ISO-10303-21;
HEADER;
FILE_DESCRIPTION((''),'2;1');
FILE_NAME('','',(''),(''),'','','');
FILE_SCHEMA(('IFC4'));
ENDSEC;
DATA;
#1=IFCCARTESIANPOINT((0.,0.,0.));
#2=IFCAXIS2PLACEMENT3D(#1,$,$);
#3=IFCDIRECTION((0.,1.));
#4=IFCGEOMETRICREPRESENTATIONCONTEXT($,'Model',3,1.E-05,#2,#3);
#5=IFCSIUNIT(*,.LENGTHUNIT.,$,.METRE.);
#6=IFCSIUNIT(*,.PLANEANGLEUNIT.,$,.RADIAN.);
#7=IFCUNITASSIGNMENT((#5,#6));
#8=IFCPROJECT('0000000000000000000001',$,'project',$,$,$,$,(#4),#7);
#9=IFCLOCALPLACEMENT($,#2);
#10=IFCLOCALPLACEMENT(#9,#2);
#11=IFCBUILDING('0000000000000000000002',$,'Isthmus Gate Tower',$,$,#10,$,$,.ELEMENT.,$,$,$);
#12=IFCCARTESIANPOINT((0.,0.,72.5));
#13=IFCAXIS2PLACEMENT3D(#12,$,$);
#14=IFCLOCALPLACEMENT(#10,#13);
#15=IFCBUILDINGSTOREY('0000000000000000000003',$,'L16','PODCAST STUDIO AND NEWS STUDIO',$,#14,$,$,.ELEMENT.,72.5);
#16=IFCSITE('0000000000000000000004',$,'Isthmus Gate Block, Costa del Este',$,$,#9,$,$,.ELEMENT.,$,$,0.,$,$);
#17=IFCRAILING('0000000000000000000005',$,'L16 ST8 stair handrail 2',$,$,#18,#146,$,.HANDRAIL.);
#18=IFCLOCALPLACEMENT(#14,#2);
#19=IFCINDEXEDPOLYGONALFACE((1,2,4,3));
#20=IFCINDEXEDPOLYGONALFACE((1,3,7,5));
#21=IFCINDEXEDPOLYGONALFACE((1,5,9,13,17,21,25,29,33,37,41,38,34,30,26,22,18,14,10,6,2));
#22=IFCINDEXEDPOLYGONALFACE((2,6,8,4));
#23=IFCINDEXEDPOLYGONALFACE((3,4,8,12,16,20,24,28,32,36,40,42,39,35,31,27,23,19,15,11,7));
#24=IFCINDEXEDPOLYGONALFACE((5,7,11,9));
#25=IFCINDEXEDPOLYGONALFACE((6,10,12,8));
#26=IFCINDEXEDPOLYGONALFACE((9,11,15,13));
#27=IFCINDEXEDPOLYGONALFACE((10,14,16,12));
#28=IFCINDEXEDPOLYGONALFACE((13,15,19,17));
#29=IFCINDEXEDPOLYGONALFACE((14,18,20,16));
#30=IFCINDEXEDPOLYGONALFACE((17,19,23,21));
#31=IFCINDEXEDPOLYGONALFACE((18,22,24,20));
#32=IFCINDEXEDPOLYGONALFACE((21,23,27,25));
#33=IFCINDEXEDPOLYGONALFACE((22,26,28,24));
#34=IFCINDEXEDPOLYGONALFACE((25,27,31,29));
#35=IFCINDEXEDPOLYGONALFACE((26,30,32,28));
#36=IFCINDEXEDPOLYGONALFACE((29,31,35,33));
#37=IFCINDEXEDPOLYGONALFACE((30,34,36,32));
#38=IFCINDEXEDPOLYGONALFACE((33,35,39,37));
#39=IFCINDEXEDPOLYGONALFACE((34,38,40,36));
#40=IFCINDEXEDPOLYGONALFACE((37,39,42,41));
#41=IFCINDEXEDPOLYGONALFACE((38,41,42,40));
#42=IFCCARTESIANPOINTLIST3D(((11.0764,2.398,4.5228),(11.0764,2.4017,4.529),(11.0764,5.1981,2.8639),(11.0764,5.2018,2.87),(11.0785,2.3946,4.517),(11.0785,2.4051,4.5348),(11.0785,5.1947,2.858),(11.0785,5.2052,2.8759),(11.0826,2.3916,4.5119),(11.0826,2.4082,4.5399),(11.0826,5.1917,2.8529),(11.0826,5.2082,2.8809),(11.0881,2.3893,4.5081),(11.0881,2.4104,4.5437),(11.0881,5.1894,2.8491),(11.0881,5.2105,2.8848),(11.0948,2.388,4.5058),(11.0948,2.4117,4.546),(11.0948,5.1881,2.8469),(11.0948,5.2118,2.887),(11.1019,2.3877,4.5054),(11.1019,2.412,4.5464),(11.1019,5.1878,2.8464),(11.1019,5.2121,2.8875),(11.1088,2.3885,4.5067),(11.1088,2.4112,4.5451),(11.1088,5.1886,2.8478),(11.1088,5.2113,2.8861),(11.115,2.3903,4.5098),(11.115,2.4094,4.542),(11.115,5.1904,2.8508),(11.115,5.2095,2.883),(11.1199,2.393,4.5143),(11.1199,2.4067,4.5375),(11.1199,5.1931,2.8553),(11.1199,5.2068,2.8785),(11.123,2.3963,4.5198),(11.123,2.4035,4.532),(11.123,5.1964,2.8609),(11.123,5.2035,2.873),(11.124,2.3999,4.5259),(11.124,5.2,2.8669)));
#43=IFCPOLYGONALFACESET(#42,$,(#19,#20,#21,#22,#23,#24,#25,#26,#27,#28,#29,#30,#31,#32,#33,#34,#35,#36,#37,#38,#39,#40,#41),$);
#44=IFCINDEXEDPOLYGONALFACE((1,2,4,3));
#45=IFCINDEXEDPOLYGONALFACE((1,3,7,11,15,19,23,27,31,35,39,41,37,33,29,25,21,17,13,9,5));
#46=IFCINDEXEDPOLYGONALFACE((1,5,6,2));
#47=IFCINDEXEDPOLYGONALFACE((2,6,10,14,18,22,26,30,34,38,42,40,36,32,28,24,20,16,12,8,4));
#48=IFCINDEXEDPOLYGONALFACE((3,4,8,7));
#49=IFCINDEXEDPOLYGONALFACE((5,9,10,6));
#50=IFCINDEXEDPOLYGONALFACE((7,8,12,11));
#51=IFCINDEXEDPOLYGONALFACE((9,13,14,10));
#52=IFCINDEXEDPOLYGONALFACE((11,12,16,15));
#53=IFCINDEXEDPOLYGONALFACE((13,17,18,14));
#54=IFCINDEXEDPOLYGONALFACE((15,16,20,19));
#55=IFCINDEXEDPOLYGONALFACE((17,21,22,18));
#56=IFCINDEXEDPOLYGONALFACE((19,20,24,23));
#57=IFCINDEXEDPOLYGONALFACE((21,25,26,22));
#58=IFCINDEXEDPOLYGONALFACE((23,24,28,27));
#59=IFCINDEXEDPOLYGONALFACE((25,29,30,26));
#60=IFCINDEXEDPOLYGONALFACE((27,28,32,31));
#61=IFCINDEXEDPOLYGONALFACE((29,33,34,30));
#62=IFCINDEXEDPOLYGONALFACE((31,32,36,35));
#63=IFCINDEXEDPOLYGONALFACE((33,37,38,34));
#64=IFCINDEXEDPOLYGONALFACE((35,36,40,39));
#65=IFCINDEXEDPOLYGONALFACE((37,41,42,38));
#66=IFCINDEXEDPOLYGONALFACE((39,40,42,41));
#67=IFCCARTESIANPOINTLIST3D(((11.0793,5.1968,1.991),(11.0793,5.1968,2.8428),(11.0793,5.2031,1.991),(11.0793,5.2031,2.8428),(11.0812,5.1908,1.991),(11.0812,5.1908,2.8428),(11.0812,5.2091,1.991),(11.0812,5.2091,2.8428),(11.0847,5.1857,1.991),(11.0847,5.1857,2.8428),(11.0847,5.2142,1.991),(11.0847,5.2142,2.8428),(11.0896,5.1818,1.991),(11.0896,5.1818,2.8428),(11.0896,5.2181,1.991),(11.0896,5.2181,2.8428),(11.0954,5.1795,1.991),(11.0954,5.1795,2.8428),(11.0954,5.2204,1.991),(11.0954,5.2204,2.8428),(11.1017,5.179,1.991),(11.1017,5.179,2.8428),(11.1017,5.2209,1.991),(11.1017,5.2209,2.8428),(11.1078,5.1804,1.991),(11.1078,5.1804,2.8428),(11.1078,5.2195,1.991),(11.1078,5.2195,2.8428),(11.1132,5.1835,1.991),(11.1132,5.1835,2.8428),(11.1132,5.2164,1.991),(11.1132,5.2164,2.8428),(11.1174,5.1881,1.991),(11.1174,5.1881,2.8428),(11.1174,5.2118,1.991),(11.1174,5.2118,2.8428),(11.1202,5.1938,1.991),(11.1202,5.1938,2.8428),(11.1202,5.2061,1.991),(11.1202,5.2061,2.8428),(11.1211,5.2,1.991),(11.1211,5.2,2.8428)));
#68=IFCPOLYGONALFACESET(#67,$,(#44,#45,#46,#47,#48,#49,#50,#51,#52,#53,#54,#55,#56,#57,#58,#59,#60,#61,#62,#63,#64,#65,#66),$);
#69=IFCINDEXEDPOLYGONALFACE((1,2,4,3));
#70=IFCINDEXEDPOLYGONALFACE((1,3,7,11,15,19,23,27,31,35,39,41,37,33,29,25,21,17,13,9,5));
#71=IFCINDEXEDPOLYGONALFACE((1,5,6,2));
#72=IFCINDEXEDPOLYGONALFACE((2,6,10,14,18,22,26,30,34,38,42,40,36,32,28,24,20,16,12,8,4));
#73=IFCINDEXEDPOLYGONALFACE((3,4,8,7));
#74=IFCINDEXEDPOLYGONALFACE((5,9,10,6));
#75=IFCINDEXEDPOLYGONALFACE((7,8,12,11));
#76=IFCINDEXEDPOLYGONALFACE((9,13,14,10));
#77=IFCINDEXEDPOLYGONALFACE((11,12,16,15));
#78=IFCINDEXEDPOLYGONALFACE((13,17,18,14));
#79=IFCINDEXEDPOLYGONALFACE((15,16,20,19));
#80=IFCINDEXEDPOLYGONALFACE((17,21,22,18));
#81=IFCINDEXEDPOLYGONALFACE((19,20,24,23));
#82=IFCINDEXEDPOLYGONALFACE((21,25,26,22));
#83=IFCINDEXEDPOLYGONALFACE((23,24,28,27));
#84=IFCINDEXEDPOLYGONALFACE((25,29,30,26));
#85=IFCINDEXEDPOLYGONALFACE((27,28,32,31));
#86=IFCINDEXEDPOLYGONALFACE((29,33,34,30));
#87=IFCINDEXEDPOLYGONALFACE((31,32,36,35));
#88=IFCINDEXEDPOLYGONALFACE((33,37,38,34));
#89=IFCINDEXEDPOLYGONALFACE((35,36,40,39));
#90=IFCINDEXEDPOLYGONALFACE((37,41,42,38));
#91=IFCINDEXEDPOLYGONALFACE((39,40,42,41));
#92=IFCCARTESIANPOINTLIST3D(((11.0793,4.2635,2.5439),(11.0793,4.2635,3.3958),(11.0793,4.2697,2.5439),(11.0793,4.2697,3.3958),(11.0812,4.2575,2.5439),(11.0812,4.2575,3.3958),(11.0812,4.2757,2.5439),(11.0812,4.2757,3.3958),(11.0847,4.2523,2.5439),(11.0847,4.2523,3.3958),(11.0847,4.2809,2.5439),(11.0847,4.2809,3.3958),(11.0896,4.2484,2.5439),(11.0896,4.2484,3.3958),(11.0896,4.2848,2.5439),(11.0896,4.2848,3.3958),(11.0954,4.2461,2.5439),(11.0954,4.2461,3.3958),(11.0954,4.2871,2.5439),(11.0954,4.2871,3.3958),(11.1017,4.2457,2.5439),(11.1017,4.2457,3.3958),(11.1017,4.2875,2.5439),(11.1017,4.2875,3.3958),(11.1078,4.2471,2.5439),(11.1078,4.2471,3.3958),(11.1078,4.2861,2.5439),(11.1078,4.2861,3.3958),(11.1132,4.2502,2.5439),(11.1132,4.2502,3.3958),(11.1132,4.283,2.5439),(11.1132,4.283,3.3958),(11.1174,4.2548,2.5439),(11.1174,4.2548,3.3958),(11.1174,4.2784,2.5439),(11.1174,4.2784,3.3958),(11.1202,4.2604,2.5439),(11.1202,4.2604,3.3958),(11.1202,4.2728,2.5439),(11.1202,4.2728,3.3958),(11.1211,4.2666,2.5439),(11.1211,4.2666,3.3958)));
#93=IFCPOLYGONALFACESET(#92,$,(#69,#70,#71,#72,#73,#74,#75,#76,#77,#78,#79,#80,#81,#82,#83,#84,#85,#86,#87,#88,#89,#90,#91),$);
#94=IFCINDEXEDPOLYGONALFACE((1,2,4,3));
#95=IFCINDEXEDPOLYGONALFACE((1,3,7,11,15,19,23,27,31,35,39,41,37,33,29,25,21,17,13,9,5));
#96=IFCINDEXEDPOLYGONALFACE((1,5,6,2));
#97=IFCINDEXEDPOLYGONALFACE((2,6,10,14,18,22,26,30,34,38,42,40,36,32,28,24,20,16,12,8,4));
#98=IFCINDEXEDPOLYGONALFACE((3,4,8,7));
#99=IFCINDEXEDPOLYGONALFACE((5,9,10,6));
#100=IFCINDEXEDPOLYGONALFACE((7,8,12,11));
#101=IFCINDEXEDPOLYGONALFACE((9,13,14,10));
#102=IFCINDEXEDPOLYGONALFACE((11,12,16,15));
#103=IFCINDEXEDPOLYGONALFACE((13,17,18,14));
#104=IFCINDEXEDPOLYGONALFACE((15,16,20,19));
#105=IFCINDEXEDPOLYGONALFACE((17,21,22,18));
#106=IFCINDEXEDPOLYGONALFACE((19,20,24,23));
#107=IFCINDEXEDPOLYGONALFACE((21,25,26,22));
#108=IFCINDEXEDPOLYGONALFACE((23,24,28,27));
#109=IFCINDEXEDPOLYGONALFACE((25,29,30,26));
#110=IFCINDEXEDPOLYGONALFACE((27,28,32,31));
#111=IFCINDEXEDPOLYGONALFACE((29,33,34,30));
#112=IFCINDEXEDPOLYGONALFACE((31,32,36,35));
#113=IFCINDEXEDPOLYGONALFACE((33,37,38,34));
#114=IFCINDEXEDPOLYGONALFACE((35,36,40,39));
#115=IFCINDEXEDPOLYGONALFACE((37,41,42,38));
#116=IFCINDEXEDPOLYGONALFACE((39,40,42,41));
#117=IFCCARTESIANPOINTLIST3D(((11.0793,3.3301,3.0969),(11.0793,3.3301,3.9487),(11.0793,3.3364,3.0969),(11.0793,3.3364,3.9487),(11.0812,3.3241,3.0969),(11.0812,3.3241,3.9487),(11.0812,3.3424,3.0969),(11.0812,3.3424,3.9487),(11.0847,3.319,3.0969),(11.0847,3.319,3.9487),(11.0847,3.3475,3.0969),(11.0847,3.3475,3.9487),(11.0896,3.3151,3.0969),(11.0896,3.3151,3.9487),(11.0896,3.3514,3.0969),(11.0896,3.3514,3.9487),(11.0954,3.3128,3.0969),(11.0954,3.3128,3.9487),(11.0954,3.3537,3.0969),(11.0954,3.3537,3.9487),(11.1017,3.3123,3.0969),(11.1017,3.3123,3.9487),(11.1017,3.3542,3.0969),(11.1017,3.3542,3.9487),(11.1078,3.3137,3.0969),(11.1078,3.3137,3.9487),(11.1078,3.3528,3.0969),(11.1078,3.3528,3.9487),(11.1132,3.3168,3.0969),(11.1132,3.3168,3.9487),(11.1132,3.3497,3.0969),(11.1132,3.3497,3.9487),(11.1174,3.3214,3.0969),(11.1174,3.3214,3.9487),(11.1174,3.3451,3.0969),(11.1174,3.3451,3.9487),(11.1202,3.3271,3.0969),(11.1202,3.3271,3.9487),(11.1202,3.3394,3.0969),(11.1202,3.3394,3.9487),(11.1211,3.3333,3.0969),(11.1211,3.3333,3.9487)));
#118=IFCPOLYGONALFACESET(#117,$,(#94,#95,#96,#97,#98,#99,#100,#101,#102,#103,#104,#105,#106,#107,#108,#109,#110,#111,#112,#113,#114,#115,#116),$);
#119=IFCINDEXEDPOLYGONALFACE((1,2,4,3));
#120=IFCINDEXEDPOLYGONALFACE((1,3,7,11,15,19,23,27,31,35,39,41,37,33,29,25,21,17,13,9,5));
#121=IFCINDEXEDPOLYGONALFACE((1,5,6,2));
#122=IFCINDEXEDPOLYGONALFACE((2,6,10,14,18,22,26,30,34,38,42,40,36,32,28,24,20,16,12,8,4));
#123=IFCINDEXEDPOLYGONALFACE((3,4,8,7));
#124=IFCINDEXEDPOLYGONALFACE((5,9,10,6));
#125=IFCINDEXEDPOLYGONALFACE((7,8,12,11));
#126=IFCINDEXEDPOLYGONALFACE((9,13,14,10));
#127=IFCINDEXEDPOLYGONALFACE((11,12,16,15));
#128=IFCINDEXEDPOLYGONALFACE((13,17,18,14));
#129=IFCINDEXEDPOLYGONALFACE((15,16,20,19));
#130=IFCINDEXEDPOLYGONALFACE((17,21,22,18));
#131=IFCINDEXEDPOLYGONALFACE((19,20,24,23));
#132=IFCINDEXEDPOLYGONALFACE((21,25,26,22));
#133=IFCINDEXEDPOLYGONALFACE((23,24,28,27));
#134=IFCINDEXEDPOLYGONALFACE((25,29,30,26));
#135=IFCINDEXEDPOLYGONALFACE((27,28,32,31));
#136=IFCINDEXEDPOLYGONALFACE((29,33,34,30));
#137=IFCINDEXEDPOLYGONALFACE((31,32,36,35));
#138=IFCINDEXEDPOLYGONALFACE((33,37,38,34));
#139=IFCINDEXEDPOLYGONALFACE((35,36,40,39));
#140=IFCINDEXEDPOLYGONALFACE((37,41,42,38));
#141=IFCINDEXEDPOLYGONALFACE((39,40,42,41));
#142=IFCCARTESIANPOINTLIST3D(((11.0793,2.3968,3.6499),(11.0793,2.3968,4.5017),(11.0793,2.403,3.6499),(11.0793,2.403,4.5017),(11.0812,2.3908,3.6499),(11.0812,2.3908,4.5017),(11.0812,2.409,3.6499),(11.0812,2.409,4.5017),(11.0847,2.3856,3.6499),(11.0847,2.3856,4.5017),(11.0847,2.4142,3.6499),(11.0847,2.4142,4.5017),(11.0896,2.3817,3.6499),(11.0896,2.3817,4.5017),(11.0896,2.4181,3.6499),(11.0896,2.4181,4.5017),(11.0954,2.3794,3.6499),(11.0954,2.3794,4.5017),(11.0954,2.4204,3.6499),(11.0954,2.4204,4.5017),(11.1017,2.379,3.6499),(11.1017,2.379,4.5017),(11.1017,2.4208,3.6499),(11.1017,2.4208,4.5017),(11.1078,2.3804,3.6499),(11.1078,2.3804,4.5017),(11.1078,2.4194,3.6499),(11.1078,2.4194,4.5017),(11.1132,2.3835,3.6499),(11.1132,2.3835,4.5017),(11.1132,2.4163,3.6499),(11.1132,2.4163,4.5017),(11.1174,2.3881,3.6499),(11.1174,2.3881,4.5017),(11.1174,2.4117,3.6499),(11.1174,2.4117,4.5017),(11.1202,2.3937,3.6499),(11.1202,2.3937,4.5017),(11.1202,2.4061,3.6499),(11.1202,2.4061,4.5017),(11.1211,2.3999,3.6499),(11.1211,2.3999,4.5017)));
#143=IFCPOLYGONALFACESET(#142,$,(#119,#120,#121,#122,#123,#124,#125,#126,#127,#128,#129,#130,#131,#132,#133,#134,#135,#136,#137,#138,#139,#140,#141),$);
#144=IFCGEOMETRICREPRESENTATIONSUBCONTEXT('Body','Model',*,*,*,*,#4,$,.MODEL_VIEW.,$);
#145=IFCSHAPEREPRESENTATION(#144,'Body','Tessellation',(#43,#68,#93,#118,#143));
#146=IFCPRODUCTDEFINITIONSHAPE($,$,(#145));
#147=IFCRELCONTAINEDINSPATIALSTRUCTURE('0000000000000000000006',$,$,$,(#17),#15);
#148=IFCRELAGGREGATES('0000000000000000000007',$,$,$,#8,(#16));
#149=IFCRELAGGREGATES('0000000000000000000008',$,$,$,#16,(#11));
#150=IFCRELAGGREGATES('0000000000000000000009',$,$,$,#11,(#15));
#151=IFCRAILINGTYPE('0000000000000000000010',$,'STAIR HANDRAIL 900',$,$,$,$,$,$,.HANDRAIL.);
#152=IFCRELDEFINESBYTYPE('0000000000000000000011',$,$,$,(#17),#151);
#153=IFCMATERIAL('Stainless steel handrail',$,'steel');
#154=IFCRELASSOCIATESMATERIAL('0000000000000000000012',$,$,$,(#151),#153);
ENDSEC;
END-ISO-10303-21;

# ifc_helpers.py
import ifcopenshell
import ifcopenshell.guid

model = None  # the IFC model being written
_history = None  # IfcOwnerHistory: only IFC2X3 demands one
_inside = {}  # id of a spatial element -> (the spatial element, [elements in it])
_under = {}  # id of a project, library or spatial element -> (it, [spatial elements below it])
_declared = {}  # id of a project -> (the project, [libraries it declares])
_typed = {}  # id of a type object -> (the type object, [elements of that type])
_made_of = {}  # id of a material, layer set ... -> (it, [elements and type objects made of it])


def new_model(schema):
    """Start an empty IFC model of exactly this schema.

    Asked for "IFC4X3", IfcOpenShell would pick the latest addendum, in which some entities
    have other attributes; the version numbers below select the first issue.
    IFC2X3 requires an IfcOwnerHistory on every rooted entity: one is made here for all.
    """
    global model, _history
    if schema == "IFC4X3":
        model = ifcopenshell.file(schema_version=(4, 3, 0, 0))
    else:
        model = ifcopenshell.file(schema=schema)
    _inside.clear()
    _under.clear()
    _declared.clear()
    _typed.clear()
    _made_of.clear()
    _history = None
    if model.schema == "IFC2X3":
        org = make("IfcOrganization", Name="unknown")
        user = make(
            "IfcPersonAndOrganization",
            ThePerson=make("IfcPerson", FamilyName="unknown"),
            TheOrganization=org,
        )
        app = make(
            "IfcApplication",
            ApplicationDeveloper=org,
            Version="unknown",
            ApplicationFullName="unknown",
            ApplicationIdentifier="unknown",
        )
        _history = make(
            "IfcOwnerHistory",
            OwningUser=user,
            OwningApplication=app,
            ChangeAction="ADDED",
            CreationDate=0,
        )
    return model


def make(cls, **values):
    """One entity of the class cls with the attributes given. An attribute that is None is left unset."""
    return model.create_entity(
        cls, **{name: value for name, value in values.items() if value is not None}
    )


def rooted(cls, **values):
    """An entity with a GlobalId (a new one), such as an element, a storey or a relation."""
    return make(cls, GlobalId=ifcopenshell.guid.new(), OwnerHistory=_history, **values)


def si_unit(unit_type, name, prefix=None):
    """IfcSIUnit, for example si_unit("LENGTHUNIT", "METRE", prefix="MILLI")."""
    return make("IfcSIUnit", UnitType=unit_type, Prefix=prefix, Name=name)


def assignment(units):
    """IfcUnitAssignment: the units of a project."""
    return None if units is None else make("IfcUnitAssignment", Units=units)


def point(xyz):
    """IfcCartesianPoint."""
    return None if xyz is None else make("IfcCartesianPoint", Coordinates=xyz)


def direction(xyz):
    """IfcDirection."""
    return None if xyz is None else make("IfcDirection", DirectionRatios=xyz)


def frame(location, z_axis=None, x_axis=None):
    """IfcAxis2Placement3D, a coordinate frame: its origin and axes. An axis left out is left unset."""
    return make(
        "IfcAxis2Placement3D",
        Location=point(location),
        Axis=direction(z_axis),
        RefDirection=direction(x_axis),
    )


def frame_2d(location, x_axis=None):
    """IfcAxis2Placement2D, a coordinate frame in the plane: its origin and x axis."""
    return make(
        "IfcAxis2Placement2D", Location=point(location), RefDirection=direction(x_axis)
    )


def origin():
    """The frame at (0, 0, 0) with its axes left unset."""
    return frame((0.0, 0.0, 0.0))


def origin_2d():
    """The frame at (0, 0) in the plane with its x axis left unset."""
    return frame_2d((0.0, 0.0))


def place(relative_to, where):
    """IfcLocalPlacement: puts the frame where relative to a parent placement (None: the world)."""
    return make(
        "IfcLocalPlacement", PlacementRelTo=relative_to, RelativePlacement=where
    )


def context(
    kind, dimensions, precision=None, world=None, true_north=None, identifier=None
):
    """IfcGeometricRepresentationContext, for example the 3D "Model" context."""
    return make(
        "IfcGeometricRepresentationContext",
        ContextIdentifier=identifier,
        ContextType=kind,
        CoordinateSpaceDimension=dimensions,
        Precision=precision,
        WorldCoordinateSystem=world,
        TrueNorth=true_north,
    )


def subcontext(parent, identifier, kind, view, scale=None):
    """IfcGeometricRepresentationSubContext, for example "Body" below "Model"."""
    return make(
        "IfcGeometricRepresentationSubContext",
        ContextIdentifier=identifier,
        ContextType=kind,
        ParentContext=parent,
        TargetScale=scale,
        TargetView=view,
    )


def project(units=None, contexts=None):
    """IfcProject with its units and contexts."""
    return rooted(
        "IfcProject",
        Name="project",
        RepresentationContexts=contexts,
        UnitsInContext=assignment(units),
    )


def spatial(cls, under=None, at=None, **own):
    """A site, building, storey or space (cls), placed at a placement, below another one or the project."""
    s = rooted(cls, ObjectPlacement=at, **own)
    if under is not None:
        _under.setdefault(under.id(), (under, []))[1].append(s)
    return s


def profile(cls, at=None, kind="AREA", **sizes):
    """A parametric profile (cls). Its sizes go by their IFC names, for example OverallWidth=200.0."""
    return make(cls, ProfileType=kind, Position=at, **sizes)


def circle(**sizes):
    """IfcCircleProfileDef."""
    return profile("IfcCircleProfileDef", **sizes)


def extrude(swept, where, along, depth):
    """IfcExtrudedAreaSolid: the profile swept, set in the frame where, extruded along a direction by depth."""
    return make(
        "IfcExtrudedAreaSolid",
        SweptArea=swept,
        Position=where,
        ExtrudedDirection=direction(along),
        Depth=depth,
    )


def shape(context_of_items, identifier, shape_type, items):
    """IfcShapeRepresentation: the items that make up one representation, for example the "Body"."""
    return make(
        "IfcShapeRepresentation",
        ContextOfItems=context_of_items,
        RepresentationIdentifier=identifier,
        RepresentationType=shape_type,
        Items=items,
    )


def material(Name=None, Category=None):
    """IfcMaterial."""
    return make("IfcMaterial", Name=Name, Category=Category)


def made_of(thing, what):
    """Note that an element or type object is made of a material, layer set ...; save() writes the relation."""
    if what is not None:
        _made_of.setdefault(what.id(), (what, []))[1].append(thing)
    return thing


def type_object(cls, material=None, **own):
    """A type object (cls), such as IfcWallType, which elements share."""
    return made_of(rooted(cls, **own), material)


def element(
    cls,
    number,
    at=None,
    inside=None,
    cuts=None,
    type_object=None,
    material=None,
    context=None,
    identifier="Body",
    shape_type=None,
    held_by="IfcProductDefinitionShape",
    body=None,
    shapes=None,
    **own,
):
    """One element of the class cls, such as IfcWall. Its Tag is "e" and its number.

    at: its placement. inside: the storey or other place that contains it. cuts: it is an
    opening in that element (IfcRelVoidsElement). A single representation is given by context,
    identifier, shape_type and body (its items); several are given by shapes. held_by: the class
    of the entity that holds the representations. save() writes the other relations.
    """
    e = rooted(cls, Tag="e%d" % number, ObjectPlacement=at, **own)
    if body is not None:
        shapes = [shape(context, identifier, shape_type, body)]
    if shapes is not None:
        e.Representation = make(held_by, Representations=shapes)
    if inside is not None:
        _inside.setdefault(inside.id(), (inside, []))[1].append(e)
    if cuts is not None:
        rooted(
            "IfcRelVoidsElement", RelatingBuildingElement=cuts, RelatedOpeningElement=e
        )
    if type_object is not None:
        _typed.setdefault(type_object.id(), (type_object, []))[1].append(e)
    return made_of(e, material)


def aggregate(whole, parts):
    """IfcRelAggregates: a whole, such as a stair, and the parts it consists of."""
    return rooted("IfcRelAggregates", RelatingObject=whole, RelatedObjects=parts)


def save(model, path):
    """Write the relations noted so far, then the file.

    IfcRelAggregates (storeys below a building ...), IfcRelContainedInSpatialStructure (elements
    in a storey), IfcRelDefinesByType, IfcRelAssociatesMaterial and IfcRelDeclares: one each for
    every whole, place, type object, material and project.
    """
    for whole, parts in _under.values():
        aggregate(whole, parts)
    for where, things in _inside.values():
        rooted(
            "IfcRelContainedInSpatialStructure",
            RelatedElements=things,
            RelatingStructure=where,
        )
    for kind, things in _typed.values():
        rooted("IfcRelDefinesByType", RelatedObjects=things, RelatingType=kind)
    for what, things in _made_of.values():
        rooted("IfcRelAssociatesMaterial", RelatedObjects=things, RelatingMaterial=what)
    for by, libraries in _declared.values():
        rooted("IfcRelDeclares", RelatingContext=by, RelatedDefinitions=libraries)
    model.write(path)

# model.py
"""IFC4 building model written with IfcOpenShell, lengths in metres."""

from ifc_helpers import new_model, si_unit, direction, frame, origin, origin_2d, place, context, subcontext, project, spatial, circle, extrude, material, type_object, element, save


model = new_model("IFC4")

# Units and contexts
model_context = context("Model", 3, precision=1e-05, world=origin(), true_north=direction((0.0, 1.0)))
body_context = subcontext(model_context, "Body", "Model", "MODEL_VIEW")
ifc_project = project(units=[si_unit("LENGTHUNIT", "METRE"), si_unit("PLANEANGLEUNIT", "RADIAN")], contexts=[model_context])

# Site, building, storey
site_placement = place(None, origin())
site = spatial("IfcSite", under=ifc_project, at=site_placement, Name="Isthmus Gate Block, Costa del Este", CompositionType="ELEMENT", RefElevation=0.0)
building_placement = place(site_placement, origin())
building = spatial("IfcBuilding", under=site, at=building_placement, Name="Isthmus Gate Tower", CompositionType="ELEMENT")
storey_placement = place(building_placement, frame((0.0, 0.0, 72.5)))
storey = spatial("IfcBuildingStorey", under=building, at=storey_placement, Name="L16", Description="PODCAST STUDIO AND NEWS STUDIO", CompositionType="ELEMENT", Elevation=72.5)

# Railing
ifc_material_1 = material(Name="Stainless steel handrail", Category="steel")
railing_type_1 = type_object("IfcRailingType", Name="STAIR HANDRAIL 900", PredefinedType="HANDRAIL", material=ifc_material_1)
for number, where, name in (
    (1, (11.1001, 5.2, 1.991), "L16 ST8 stair handrail 2"),
):
    element("IfcRailing", number, at=place(storey_placement, frame(where)), inside=storey, type_object=railing_type_1, Name=name, PredefinedType="HANDRAIL", context=body_context, shape_type="SweptSolid", body=[
        extrude(circle(Radius=0.0239, at=origin_2d()), frame((0.0, 0.0, 0.876), z_axis=(0.0, -0.860339, 0.509722), x_axis=(1.0, 0.0, 0.0)), (0.0, 0.0, 1.0), 3.2546),
        extrude(circle(Radius=0.021, at=origin_2d()), origin(), (0.0, 0.0, 1.0), 0.8518),
        extrude(circle(Radius=0.021, at=origin_2d()), frame((0.0, -0.9333, 0.553)), (0.0, 0.0, 1.0), 0.8518),
        extrude(circle(Radius=0.021, at=origin_2d()), frame((0.0, -1.8667, 1.106)), (0.0, 0.0, 1.0), 0.8518),
        extrude(circle(Radius=0.021, at=origin_2d()), frame((0.0, -2.8, 1.6589)), (0.0, 0.0, 1.0), 0.8518),
    ])

save(model, "model.ifc")
